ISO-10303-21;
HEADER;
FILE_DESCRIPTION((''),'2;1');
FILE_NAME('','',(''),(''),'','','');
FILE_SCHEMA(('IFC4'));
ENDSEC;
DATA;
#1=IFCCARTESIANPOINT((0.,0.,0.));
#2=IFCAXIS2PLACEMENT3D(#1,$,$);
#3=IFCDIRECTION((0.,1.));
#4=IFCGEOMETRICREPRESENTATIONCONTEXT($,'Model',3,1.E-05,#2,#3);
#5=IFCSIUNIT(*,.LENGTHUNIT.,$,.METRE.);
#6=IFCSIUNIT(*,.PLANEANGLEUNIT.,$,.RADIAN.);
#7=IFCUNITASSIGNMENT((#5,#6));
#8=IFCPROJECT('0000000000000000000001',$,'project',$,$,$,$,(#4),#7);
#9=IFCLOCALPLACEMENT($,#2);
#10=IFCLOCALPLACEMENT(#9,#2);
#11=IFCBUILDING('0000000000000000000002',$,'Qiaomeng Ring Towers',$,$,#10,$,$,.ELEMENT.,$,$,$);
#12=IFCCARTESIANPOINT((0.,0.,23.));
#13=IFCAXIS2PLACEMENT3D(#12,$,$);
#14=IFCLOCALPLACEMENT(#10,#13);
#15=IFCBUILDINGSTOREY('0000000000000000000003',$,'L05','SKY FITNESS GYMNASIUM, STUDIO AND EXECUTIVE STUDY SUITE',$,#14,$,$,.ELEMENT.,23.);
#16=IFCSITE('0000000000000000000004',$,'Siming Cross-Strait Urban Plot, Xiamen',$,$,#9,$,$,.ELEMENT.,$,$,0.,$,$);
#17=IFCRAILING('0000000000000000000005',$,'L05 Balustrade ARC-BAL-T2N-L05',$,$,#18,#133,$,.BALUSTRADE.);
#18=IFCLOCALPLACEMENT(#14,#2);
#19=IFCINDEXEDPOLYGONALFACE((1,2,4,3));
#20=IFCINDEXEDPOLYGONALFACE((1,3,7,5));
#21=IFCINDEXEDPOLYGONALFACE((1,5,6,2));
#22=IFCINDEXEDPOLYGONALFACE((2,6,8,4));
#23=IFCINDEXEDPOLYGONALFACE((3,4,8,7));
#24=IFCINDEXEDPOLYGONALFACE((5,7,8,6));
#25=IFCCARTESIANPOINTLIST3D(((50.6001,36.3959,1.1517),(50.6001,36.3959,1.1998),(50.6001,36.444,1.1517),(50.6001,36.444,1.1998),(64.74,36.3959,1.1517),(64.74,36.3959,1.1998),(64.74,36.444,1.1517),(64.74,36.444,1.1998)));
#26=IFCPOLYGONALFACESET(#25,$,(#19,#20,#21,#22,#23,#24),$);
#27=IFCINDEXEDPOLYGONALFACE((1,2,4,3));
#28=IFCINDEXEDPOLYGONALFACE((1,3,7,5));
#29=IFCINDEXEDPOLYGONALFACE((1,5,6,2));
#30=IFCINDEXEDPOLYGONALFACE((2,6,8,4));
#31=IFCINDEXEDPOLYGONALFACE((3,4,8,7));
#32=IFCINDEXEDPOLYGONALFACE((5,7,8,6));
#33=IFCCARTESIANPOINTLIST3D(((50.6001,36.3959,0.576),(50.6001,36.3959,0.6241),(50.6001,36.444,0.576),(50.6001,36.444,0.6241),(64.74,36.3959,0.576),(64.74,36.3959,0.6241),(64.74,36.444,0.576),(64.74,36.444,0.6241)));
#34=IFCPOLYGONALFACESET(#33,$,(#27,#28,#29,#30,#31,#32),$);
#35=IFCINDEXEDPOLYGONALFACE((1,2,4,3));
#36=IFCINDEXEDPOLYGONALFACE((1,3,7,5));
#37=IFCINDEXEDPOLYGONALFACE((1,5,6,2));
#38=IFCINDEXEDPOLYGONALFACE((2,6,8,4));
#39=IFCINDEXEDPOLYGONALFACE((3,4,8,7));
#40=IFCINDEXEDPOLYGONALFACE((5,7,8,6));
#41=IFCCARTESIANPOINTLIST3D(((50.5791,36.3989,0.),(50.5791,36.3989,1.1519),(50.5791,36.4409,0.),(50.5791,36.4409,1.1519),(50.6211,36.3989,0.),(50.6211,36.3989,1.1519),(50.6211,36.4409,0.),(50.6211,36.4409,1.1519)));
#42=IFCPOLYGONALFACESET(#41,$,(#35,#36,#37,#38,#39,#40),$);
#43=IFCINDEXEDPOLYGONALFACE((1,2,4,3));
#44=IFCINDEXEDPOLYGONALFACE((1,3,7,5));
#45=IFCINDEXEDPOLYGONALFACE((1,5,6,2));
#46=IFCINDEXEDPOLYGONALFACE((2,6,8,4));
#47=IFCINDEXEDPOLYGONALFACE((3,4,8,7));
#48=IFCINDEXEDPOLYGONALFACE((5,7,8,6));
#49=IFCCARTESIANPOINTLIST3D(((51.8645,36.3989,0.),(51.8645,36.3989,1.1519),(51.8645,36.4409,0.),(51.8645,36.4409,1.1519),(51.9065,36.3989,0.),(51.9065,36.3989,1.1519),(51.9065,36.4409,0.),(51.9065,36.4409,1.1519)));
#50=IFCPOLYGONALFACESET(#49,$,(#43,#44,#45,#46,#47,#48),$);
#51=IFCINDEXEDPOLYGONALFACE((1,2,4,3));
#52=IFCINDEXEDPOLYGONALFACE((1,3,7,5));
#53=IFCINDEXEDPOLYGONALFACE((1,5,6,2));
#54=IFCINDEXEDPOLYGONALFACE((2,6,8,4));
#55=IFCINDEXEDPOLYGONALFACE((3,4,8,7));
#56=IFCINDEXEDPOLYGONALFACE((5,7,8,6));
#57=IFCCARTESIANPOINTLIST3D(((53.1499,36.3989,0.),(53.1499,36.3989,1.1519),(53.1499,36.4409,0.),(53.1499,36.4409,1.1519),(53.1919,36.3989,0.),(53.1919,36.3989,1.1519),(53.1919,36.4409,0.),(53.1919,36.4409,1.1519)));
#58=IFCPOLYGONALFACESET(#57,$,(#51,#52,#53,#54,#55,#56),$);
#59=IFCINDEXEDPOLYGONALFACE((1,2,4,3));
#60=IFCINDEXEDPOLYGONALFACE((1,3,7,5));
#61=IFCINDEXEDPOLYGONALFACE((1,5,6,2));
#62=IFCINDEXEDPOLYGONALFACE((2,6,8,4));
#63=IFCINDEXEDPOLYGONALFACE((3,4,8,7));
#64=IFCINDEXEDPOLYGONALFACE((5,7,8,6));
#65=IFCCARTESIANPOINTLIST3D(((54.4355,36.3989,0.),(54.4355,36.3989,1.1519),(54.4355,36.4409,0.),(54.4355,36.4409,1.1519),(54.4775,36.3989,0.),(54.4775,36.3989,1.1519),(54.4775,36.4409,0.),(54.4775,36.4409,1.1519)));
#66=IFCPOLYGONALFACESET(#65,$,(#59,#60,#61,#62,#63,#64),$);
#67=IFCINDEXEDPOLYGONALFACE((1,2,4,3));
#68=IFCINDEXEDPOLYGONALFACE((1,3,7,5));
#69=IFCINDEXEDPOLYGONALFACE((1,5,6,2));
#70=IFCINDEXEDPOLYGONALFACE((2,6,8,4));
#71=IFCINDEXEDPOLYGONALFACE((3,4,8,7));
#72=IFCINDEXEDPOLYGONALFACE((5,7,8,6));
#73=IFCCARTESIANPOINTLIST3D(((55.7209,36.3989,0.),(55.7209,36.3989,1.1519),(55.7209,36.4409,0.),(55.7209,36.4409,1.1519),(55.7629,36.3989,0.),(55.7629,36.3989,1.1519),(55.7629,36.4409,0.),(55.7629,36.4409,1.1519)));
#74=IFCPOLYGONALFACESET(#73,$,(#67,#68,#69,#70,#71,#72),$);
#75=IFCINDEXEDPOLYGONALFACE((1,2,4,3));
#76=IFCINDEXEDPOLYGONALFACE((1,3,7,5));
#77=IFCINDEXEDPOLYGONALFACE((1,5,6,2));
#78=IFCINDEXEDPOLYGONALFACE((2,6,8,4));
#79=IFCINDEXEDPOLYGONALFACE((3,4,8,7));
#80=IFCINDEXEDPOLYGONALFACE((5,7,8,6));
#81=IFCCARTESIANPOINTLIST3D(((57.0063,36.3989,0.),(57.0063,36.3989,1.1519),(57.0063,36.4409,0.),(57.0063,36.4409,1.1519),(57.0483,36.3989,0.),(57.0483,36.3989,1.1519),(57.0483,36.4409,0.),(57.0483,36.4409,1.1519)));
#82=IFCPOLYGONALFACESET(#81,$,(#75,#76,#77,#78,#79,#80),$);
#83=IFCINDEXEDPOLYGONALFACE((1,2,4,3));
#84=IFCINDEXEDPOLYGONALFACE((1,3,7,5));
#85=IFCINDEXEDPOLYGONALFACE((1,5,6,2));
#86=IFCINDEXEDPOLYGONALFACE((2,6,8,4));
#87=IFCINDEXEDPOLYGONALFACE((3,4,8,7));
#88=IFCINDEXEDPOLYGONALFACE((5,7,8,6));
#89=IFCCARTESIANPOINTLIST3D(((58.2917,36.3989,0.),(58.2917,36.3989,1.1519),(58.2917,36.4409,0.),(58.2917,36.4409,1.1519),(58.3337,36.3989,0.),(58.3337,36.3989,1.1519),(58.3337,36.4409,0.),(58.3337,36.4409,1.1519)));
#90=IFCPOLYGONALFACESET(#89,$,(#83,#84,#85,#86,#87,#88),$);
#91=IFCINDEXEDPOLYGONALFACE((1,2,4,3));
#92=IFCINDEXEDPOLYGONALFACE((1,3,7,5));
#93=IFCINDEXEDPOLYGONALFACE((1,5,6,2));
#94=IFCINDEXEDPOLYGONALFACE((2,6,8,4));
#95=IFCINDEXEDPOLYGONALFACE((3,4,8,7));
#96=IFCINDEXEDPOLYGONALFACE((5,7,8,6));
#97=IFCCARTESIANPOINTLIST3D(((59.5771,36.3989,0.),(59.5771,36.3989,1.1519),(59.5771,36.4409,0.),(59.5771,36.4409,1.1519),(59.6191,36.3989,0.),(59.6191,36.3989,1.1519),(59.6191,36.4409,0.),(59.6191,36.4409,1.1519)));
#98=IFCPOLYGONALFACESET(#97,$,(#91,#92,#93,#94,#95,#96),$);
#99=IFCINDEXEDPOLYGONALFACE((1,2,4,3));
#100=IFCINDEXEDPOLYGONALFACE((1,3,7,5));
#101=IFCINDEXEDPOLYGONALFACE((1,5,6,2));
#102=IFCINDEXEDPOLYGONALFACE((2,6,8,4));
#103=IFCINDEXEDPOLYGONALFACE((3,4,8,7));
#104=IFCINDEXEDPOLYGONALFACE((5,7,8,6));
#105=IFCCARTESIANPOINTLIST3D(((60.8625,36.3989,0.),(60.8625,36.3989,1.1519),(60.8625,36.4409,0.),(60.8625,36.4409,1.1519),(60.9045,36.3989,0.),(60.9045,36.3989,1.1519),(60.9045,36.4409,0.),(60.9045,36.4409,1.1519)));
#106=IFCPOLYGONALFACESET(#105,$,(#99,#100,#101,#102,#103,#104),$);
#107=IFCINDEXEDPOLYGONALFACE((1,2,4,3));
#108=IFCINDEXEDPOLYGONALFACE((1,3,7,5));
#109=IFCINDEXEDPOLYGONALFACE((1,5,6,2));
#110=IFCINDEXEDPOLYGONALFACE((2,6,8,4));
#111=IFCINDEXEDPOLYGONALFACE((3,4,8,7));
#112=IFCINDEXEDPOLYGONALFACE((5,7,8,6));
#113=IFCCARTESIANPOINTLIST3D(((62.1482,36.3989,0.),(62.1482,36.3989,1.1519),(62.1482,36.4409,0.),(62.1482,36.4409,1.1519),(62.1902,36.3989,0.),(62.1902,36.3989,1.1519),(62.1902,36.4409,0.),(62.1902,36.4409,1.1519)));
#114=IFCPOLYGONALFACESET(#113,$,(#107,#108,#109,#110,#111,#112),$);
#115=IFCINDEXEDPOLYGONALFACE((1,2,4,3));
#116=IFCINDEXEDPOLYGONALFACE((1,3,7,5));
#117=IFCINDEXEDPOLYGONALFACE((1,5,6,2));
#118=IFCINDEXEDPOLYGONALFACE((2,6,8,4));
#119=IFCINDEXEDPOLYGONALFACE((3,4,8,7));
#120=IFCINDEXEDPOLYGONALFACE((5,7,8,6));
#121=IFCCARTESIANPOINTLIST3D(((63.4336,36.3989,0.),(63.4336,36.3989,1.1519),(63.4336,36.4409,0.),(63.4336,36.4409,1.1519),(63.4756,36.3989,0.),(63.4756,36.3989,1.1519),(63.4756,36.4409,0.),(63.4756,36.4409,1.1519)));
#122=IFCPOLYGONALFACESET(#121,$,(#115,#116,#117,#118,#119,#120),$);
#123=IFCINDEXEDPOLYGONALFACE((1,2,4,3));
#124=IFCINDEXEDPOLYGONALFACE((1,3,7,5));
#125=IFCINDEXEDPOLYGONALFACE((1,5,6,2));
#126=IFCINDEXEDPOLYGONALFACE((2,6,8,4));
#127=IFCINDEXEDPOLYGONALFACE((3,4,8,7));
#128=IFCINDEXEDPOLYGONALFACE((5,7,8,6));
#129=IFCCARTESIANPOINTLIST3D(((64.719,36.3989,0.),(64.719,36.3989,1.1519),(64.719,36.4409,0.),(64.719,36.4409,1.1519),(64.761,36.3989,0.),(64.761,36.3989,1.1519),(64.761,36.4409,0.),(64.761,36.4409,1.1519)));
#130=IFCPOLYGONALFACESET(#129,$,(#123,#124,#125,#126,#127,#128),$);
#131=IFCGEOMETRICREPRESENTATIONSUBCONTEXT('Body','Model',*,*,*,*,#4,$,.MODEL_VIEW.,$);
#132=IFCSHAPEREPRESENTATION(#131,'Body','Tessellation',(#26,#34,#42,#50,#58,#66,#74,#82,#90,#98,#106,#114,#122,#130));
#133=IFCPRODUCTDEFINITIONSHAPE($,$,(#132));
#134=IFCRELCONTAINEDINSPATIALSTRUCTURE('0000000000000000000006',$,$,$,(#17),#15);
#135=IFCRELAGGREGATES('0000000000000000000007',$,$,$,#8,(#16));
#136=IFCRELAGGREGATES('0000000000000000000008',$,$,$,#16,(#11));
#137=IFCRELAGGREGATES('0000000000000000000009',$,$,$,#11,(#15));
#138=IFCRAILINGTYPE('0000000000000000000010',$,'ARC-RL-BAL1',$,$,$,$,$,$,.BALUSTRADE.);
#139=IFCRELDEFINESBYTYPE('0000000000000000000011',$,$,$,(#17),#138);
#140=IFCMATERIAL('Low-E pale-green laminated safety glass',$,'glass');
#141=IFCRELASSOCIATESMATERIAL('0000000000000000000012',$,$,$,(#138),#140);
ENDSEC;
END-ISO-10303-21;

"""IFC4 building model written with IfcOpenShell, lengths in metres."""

from ifc_helpers import new_model, si_unit, direction, frame, origin, origin_2d, place, context, subcontext, project, spatial, rectangle, extrude, material, type_object, element, save


model = new_model("IFC4")

# Units and contexts
model_context = context("Model", 3, precision=1e-05, world=origin(), true_north=direction((0.0, 1.0)))
body_context = subcontext(model_context, "Body", "Model", "MODEL_VIEW")
ifc_project = project(units=[si_unit("LENGTHUNIT", "METRE"), si_unit("PLANEANGLEUNIT", "RADIAN")], contexts=[model_context])

# Site, building, storey
site_placement = place(None, origin())
site = spatial("IfcSite", under=ifc_project, at=site_placement, Name="Siming Cross-Strait Urban Plot, Xiamen", CompositionType="ELEMENT", RefElevation=0.0)
building_placement = place(site_placement, origin())
building = spatial("IfcBuilding", under=site, at=building_placement, Name="Qiaomeng Ring Towers", CompositionType="ELEMENT")
storey_placement = place(building_placement, frame((0.0, 0.0, 23.0)))
storey = spatial("IfcBuildingStorey", under=building, at=storey_placement, Name="L05", Description="SKY FITNESS GYMNASIUM, STUDIO AND EXECUTIVE STUDY SUITE", CompositionType="ELEMENT", Elevation=23.0)

# Railing
ifc_material_1 = material(Name="Low-E pale-green laminated safety glass", Category="glass")
railing_type = type_object("IfcRailingType", Name="ARC-RL-BAL1", PredefinedType="BALUSTRADE", material=ifc_material_1)
railing_1_placement = place(storey_placement, frame((50.6001, 36.4199, 0.0)))
element("IfcRailing", 1, at=railing_1_placement, inside=storey, type_object=railing_type, Name="L05 Balustrade ARC-BAL-T2N-L05", PredefinedType="BALUSTRADE", context=body_context, shape_type="SweptSolid", body=[
    extrude(rectangle(XDim=0.0481, YDim=0.0481, at=origin_2d()), frame((0.0, 0.0, 1.1758), z_axis=(1.0, 0.0, 0.0), x_axis=(0.0, 1.0, 0.0)), (0.0, 0.0, 1.0), 14.1399),
    extrude(rectangle(XDim=0.0481, YDim=0.0481, at=origin_2d()), frame((0.0, 0.0, 0.6001), z_axis=(1.0, 0.0, 0.0), x_axis=(0.0, 1.0, 0.0)), (0.0, 0.0, 1.0), 14.1399),
    extrude(rectangle(XDim=0.042, YDim=0.042, at=origin_2d()), origin(), (0.0, 0.0, 1.0), 1.1519),
    extrude(rectangle(XDim=0.042, YDim=0.042, at=origin_2d()), frame((1.2854, 0.0, 0.0)), (0.0, 0.0, 1.0), 1.1519),
    extrude(rectangle(XDim=0.042, YDim=0.042, at=origin_2d()), frame((2.5708, 0.0, 0.0)), (0.0, 0.0, 1.0), 1.1519),
    extrude(rectangle(XDim=0.042, YDim=0.042, at=origin_2d()), frame((3.8564, 0.0, 0.0)), (0.0, 0.0, 1.0), 1.1519),
    extrude(rectangle(XDim=0.042, YDim=0.042, at=origin_2d()), frame((5.1418, 0.0, 0.0)), (0.0, 0.0, 1.0), 1.1519),
    extrude(rectangle(XDim=0.042, YDim=0.042, at=origin_2d()), frame((6.4272, 0.0, 0.0)), (0.0, 0.0, 1.0), 1.1519),
    extrude(rectangle(XDim=0.042, YDim=0.042, at=origin_2d()), frame((7.7126, 0.0, 0.0)), (0.0, 0.0, 1.0), 1.1519),
    extrude(rectangle(XDim=0.042, YDim=0.042, at=origin_2d()), frame((8.998, 0.0, 0.0)), (0.0, 0.0, 1.0), 1.1519),
    extrude(rectangle(XDim=0.042, YDim=0.042, at=origin_2d()), frame((10.2834, 0.0, 0.0)), (0.0, 0.0, 1.0), 1.1519),
    extrude(rectangle(XDim=0.042, YDim=0.042, at=origin_2d()), frame((11.5691, 0.0, 0.0)), (0.0, 0.0, 1.0), 1.1519),
    extrude(rectangle(XDim=0.042, YDim=0.042, at=origin_2d()), frame((12.8545, 0.0, 0.0)), (0.0, 0.0, 1.0), 1.1519),
    extrude(rectangle(XDim=0.042, YDim=0.042, at=origin_2d()), frame((14.1399, 0.0, 0.0)), (0.0, 0.0, 1.0), 1.1519),
])

save(model, "model.ifc")
